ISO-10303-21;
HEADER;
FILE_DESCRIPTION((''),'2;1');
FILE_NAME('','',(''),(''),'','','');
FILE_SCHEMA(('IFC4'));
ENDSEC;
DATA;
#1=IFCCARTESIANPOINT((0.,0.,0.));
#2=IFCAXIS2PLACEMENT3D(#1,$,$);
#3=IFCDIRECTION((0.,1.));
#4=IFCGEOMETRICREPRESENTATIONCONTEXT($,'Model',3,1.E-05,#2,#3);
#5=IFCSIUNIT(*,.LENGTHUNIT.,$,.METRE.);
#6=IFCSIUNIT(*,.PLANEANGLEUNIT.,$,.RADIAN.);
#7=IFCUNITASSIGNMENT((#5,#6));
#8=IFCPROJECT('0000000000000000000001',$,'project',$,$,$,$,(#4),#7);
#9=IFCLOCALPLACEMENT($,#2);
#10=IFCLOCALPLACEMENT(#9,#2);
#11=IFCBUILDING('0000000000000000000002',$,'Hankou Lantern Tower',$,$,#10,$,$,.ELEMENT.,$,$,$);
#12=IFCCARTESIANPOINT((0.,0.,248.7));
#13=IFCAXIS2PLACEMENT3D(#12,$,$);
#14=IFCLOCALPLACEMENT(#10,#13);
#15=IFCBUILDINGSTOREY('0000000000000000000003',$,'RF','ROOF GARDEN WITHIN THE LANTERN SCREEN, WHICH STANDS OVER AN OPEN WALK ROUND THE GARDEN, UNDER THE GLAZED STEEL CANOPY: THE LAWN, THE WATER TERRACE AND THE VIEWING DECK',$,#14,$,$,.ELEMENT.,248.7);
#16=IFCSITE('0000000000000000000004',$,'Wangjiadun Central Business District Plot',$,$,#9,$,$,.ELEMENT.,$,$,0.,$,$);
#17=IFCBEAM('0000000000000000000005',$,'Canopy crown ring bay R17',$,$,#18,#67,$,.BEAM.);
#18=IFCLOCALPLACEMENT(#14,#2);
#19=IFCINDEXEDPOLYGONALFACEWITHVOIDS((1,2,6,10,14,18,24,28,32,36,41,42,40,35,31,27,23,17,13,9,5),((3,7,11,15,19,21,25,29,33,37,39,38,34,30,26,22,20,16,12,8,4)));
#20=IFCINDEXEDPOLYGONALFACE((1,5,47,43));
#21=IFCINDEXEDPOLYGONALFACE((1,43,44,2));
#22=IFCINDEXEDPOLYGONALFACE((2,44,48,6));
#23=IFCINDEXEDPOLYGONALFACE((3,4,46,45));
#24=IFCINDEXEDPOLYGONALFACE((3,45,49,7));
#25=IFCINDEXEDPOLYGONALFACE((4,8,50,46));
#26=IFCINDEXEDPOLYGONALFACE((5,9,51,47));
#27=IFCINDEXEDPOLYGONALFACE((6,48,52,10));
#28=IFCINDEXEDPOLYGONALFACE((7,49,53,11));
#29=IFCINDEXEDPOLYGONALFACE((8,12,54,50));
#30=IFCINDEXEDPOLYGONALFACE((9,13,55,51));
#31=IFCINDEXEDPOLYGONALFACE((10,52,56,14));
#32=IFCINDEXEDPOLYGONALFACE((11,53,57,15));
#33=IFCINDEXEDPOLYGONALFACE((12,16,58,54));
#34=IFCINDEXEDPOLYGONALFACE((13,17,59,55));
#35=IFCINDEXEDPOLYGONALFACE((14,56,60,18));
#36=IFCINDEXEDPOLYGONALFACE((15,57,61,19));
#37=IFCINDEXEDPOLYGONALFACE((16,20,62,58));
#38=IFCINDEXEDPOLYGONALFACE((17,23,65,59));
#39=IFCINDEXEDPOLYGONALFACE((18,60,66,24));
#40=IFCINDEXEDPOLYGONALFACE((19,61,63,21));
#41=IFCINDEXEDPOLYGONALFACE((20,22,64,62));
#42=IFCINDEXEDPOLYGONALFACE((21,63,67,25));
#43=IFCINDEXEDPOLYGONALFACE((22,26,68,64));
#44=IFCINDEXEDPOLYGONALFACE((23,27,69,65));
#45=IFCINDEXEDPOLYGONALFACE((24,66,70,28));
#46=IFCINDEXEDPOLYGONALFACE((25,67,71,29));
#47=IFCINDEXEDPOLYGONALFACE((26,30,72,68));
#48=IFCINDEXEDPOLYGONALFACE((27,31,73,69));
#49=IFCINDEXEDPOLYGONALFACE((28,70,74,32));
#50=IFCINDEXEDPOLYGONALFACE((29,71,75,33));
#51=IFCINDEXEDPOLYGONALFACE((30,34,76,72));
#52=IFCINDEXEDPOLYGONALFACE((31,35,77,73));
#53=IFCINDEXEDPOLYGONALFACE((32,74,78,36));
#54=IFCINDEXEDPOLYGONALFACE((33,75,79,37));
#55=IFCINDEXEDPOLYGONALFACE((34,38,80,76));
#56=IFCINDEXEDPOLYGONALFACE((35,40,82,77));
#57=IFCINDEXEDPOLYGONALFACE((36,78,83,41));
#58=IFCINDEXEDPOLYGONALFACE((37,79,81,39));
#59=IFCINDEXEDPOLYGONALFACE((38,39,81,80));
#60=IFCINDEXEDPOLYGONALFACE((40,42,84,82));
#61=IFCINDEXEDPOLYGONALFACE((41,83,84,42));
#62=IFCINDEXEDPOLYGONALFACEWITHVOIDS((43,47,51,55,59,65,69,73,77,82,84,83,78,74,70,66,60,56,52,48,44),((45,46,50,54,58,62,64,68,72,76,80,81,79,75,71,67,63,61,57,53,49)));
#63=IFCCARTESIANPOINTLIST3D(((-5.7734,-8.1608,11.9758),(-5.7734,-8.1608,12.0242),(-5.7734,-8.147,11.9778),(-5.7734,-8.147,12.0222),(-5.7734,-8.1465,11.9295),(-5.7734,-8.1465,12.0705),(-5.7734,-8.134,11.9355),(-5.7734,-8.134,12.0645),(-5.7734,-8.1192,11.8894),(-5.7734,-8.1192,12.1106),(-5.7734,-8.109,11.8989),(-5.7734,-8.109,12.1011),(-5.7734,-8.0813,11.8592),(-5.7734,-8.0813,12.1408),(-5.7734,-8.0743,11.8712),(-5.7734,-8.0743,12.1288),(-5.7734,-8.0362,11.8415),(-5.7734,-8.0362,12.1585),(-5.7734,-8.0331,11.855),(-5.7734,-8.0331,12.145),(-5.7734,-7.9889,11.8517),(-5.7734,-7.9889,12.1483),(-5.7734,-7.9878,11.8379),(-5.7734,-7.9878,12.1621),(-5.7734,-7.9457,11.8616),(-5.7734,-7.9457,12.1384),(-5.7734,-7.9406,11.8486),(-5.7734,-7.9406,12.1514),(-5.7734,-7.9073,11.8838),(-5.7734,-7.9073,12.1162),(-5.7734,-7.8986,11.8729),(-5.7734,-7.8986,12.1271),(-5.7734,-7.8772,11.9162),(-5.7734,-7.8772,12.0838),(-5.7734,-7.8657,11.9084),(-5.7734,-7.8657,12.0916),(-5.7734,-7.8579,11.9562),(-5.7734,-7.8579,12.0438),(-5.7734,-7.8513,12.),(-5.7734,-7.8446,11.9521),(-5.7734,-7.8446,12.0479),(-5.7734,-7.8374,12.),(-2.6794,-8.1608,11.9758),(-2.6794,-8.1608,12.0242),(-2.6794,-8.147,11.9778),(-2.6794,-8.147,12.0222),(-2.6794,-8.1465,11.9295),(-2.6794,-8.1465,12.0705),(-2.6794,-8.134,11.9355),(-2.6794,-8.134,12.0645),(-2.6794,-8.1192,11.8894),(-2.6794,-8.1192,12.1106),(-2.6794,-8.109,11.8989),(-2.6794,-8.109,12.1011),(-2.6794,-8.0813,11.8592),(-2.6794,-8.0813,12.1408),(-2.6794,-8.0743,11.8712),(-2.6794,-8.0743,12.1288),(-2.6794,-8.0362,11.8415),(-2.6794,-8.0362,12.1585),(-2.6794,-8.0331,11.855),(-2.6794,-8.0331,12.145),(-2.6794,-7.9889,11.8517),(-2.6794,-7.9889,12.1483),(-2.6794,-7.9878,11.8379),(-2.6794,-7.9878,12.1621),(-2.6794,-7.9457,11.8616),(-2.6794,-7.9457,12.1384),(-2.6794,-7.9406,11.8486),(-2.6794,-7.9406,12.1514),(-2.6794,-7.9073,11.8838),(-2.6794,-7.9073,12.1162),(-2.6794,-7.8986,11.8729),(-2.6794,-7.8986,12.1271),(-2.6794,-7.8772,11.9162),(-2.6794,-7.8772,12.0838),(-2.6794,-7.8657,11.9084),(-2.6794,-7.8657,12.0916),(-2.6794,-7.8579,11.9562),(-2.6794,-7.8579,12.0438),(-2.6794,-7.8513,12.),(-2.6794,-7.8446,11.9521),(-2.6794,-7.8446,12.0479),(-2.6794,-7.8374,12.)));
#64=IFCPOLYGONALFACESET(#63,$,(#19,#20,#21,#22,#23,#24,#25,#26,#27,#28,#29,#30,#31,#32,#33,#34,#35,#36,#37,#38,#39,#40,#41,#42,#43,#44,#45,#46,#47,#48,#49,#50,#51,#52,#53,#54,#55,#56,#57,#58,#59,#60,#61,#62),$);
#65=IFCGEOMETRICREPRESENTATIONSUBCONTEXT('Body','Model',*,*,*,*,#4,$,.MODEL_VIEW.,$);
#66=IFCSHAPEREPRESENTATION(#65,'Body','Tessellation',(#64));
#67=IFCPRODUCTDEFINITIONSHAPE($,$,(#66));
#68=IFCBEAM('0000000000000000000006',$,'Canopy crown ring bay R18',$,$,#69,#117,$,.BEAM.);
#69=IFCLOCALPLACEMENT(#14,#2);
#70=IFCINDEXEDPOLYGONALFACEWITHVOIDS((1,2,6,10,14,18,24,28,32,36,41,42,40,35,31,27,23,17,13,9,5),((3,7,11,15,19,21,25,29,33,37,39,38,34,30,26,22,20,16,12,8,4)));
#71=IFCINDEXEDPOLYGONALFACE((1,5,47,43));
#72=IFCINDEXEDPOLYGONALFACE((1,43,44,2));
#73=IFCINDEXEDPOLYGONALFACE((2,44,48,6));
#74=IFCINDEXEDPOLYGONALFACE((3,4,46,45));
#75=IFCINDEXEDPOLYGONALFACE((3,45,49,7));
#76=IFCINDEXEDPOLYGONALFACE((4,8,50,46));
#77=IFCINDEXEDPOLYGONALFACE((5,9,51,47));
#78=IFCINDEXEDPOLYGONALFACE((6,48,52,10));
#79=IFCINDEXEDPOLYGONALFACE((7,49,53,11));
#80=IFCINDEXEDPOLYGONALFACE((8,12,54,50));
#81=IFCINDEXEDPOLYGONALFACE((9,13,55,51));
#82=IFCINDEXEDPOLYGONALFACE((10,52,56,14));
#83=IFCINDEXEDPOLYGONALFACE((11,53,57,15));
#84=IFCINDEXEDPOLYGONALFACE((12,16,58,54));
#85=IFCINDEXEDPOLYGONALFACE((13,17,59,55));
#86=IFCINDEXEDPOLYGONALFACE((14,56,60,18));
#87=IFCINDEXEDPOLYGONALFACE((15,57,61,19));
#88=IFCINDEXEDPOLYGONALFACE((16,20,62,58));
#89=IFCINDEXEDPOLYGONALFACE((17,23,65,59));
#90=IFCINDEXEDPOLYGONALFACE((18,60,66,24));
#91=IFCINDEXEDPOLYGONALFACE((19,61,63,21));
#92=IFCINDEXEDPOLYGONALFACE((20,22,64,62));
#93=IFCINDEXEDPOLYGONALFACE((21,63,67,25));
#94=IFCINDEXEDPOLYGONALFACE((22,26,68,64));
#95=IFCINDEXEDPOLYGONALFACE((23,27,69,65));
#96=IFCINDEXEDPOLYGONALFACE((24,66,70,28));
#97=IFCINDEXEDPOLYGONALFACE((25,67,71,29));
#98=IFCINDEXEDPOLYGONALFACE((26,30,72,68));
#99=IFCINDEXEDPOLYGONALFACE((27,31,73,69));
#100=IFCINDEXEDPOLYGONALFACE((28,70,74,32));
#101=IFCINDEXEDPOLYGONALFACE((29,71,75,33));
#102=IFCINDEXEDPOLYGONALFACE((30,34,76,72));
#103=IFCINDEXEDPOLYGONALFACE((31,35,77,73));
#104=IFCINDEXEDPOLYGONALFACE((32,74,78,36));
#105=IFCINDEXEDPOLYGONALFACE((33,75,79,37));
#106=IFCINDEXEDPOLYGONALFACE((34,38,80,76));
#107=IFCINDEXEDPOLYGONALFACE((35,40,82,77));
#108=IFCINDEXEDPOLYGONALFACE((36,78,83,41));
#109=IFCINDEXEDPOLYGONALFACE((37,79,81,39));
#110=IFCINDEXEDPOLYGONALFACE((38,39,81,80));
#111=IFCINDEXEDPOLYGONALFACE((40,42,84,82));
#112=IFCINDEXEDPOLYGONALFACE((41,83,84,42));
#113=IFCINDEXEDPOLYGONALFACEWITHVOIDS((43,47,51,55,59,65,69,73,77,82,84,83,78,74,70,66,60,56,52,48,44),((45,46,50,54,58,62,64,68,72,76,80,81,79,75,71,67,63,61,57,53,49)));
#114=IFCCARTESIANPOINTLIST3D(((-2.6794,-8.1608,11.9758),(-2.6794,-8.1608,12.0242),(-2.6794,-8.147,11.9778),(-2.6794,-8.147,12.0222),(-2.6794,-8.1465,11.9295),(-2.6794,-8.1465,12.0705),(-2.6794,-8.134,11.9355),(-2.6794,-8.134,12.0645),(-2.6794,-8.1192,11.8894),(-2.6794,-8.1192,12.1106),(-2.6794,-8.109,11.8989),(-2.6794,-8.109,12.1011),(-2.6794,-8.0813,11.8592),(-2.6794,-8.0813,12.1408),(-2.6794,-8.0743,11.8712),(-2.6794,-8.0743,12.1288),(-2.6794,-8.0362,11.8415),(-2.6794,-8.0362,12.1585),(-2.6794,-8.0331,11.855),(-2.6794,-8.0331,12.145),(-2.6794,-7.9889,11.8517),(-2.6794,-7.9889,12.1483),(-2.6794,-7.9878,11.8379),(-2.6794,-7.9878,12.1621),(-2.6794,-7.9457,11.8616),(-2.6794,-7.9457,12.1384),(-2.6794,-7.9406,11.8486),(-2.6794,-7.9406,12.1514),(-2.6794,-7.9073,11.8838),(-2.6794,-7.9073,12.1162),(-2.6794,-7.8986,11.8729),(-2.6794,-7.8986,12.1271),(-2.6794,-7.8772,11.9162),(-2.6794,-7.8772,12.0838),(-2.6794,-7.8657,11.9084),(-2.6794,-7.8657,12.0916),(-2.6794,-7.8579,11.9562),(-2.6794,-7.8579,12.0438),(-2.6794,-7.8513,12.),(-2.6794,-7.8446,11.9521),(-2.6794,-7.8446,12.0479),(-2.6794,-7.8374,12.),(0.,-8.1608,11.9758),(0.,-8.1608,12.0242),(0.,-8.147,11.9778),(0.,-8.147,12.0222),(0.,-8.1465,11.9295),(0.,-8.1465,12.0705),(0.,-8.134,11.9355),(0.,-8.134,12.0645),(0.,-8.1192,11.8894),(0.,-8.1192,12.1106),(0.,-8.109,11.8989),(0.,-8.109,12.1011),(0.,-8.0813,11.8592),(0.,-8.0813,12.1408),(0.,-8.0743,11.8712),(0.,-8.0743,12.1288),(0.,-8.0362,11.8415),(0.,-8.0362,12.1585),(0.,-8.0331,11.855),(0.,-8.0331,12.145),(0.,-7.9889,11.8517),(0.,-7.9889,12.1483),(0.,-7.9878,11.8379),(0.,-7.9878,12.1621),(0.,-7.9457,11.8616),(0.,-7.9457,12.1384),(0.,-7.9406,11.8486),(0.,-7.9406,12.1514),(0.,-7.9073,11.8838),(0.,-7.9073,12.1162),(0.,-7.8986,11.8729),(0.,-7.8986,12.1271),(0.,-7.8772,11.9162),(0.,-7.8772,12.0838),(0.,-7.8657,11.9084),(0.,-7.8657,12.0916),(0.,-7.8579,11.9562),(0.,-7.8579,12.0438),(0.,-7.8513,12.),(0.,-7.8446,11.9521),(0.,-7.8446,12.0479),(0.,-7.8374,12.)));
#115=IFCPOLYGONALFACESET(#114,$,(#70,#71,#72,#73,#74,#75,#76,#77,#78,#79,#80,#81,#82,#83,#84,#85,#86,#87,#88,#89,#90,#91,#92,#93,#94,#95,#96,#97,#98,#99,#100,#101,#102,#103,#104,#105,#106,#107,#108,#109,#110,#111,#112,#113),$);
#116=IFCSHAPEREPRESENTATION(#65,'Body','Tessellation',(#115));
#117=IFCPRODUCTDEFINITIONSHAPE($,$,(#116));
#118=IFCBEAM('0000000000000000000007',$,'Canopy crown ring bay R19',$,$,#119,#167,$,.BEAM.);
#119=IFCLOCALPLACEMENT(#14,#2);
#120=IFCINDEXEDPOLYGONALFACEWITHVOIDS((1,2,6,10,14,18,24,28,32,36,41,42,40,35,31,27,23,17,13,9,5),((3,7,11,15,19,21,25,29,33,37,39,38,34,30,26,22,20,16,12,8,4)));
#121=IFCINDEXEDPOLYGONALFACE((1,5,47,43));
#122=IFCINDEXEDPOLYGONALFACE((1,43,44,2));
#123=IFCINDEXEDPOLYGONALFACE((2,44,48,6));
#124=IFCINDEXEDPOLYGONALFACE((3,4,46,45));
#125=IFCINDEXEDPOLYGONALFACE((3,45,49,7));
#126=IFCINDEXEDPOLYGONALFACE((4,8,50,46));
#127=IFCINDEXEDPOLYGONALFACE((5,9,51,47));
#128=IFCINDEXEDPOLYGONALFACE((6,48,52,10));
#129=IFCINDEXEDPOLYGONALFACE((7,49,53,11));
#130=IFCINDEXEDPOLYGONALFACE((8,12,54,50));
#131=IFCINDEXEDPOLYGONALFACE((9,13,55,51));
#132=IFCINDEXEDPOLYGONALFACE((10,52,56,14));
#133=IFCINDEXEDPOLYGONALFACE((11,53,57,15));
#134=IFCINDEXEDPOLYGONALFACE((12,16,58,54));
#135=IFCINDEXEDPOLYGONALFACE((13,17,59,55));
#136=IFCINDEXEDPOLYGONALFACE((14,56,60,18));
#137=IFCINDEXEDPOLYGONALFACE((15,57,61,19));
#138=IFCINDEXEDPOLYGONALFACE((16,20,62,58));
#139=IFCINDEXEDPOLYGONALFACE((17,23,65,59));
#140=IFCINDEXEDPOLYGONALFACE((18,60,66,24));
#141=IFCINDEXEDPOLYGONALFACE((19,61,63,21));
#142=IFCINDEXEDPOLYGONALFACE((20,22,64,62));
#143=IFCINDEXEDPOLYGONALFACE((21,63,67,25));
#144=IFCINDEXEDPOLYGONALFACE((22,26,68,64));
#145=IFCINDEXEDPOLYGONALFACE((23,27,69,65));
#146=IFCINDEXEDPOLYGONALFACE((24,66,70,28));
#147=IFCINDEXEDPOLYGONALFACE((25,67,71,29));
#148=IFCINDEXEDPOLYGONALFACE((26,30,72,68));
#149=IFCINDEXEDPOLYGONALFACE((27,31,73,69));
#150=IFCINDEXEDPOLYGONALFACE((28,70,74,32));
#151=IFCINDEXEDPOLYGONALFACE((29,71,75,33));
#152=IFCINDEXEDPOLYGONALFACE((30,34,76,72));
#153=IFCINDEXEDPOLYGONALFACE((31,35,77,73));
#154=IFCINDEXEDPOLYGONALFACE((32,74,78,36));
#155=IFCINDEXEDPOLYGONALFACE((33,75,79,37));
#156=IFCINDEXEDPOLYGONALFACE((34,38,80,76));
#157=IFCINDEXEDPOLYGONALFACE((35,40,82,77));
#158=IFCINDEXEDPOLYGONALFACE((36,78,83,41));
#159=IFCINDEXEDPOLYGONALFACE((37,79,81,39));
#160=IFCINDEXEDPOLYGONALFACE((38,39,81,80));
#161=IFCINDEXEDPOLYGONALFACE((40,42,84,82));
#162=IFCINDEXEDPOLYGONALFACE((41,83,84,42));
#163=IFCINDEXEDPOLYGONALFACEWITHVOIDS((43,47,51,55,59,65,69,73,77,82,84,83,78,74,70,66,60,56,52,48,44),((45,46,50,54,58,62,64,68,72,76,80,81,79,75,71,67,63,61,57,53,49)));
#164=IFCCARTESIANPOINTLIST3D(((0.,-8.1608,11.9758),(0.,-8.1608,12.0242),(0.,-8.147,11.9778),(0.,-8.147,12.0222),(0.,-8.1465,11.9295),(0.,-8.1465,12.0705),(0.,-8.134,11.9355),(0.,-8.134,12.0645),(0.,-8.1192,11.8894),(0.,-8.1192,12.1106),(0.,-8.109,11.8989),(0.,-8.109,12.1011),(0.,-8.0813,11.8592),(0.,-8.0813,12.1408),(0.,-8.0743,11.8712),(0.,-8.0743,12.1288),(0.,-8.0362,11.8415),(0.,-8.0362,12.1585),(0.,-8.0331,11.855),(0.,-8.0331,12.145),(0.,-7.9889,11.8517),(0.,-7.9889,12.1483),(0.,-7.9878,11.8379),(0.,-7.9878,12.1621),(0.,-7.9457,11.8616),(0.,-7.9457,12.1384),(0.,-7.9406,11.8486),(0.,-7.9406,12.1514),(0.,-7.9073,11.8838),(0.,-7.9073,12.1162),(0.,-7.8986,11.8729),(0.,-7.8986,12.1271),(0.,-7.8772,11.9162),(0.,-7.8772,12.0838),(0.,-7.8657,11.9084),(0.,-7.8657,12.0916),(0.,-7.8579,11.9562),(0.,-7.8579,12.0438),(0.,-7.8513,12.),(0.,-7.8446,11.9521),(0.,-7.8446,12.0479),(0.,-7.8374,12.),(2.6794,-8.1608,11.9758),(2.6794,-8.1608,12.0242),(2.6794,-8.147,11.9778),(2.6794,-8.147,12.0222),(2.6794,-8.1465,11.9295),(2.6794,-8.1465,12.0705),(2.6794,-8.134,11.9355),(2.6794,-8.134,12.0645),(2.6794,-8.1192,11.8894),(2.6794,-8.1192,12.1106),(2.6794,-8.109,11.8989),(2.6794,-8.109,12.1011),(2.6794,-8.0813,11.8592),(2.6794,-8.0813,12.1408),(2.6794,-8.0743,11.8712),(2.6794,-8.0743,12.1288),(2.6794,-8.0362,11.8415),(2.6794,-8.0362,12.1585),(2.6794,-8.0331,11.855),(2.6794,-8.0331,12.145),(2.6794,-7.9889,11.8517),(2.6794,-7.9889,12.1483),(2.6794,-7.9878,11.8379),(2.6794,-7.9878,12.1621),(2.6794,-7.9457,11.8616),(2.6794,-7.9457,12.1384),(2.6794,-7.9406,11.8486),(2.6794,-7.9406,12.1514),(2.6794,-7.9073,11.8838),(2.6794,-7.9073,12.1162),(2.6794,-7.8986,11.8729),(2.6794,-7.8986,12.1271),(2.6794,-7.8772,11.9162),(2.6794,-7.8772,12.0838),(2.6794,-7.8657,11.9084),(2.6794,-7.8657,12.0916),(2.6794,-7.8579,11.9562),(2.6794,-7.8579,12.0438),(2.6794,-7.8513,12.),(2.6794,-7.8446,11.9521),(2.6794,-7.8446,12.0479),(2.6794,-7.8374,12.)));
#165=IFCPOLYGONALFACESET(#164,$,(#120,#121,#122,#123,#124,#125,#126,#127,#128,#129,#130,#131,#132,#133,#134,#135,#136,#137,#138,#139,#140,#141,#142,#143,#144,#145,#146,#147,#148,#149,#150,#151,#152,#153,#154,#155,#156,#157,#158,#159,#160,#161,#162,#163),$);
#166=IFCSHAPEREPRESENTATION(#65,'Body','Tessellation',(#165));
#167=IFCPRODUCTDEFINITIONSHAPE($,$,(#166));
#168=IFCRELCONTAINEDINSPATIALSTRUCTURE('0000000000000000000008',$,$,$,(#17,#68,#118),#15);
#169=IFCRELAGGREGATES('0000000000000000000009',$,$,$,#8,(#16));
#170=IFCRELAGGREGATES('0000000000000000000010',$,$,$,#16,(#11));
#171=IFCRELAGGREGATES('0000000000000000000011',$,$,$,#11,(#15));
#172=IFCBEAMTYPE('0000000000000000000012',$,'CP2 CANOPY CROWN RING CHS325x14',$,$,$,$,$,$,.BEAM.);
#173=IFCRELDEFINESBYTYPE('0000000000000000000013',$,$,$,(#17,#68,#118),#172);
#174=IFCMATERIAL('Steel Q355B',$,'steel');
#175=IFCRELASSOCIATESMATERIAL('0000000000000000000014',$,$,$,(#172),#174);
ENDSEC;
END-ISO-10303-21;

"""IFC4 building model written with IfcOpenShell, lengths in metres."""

from ifc_helpers import new_model, si_unit, direction, frame, origin, origin_2d, place, context, subcontext, project, spatial, hollow_circle, extrude, material, material_profile, profile_set, type_object, element, save


model = new_model("IFC4")

# Units and contexts
model_context = context("Model", 3, precision=1e-05, world=origin(), true_north=direction((0.0, 1.0)))
body_context = subcontext(model_context, "Body", "Model", "MODEL_VIEW")
ifc_project = project(units=[si_unit("LENGTHUNIT", "METRE"), si_unit("PLANEANGLEUNIT", "RADIAN")], contexts=[model_context])

# Site, building, storey
site_placement = place(None, origin())
site = spatial("IfcSite", under=ifc_project, at=site_placement, Name="Wangjiadun Central Business District Plot", CompositionType="ELEMENT", RefElevation=0.0)
building_placement = place(site_placement, origin())
building = spatial("IfcBuilding", under=site, at=building_placement, Name="Hankou Lantern Tower", CompositionType="ELEMENT")
storey_placement = place(building_placement, frame((0.0, 0.0, 248.7)))
storey = spatial("IfcBuildingStorey", under=building, at=storey_placement, Name="RF", Description="ROOF GARDEN WITHIN THE LANTERN SCREEN, WHICH STANDS OVER AN OPEN WALK ROUND THE GARDEN, UNDER THE GLAZED STEEL CANOPY: THE LAWN, THE WATER TERRACE AND THE VIEWING DECK", CompositionType="ELEMENT", Elevation=248.7)

# Beams
ifc_material_1 = material(Name="Steel Q355B", Category="steel")
ifc_material_profile_1 = material_profile(ifc_material_1, hollow_circle(Radius=0.1626, WallThickness=0.0139, at=origin_2d()), Name="CHS325x14")
ifc_profile_set_1 = profile_set([ifc_material_profile_1], Name="Steel Q355B")
beam_type_1 = type_object("IfcBeamType", Name="CP2 CANOPY CROWN RING CHS325x14", PredefinedType="BEAM", material=ifc_profile_set_1)
beam_1_placement = place(storey_placement, frame((-5.7734, -8.0, 12.0), z_axis=(1.0, 0.0, 0.0), x_axis=(0.0, 1.0, 0.0)))
element("IfcBeam", 1, at=beam_1_placement, inside=storey, type_object=beam_type_1, Name="Canopy crown ring bay R17", PredefinedType="BEAM", context=body_context, shape_type="SweptSolid", body=[
    extrude(hollow_circle(Radius=0.1626, WallThickness=0.0139, at=origin_2d()), origin(), (0.0, 0.0, 1.0), 3.094),
])
for number, where, z_axis, x_axis, name in (
    (2, (-2.6794, -8.0, 12.0), (1.0, 0.0, 0.0), (0.0, 1.0, 0.0), "Canopy crown ring bay R18"),
    (3, (0.0, -8.0, 12.0), (1.0, 0.0, 0.0), (0.0, 1.0, 0.0), "Canopy crown ring bay R19"),
):
    element("IfcBeam", number, at=place(storey_placement, frame(where, z_axis=z_axis, x_axis=x_axis)), inside=storey, type_object=beam_type_1, Name=name, PredefinedType="BEAM", context=body_context, shape_type="SweptSolid", body=[
        extrude(hollow_circle(Radius=0.1626, WallThickness=0.0139, at=origin_2d()), origin(), (0.0, 0.0, 1.0), 2.6794),
    ])

save(model, "model.ifc")
